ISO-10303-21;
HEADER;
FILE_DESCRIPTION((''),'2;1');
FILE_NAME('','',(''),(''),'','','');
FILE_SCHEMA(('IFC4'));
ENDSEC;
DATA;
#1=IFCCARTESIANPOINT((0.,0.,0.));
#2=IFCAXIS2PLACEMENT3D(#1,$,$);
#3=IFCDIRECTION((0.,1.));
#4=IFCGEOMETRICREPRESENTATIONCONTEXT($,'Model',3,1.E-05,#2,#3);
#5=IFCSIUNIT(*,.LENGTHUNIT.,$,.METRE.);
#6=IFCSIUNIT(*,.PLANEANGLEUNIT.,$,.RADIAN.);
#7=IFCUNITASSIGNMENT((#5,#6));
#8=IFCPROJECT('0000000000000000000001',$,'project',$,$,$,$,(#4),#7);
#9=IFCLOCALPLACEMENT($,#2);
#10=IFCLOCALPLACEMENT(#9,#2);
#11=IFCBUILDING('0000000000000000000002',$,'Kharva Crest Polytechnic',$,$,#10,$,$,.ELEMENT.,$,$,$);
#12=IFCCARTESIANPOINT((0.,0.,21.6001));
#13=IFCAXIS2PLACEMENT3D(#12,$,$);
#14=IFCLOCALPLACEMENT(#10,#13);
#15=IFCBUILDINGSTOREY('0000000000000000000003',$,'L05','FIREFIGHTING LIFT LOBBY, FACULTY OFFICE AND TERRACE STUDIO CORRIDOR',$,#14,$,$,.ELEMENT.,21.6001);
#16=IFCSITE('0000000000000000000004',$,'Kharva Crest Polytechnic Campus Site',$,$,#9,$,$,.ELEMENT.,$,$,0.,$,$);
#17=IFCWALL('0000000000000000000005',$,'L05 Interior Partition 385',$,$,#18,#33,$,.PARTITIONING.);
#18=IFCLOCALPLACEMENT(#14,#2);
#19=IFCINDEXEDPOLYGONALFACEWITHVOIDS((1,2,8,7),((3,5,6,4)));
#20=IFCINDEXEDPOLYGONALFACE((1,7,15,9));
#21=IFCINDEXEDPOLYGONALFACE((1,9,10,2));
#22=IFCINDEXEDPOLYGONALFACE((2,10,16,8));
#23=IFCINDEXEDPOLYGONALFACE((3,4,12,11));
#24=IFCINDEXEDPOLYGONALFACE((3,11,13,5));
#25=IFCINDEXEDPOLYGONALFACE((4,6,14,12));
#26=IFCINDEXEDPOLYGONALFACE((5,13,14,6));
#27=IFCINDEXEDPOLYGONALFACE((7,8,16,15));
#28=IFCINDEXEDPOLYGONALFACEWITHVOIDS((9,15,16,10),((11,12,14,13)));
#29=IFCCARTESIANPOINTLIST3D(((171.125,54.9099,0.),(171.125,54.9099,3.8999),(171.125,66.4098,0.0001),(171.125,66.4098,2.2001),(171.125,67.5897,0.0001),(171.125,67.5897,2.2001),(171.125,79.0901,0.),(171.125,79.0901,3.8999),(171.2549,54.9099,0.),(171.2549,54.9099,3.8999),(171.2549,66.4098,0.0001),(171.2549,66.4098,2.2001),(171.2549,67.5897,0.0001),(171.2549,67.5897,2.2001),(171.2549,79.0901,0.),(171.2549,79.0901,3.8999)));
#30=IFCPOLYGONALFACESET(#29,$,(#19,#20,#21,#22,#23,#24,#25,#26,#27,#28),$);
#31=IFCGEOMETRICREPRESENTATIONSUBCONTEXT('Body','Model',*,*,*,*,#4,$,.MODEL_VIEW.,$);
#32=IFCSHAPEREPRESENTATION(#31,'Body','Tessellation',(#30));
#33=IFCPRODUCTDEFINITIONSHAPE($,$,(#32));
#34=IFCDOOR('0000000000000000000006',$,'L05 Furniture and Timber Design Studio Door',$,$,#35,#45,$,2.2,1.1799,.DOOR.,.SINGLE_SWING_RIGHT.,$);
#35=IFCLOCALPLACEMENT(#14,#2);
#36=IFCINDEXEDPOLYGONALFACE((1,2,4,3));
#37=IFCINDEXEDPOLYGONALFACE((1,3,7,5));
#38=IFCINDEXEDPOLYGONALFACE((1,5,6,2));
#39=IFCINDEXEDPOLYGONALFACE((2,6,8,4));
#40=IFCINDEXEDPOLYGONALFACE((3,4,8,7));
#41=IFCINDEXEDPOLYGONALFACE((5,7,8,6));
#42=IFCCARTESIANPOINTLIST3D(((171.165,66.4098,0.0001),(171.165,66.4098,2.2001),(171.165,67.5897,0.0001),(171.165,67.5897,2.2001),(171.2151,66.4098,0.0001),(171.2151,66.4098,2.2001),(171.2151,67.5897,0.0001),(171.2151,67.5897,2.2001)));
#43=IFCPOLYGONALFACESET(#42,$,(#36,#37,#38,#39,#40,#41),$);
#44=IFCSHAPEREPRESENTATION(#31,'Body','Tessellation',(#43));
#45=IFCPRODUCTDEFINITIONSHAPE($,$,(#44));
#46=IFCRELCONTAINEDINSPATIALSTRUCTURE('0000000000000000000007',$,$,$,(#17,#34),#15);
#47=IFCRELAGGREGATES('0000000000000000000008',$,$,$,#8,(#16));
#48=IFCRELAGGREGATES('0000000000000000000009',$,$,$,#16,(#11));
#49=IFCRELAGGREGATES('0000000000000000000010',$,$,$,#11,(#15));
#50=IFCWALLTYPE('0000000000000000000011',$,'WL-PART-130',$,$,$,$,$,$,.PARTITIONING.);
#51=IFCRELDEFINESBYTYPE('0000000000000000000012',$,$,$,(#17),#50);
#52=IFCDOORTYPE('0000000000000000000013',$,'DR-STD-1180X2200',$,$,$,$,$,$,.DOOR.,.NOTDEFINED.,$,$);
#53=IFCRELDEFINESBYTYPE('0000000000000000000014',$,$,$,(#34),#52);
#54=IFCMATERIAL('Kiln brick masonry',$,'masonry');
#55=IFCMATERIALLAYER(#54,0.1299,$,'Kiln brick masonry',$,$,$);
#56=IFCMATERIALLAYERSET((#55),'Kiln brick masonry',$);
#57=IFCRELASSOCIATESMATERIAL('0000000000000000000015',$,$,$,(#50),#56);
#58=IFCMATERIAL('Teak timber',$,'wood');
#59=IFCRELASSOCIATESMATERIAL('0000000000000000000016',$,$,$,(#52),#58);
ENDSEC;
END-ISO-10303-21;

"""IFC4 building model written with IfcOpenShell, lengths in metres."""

from ifc_helpers import new_model, si_unit, direction, frame, frame_2d, origin, place, context, subcontext, project, spatial, rectangle, extrude, material, layer, layer_set, type_object, element, fill, save


model = new_model("IFC4")

# Units and contexts
model_context = context("Model", 3, precision=1e-05, world=origin(), true_north=direction((0.0, 1.0)))
body_context = subcontext(model_context, "Body", "Model", "MODEL_VIEW")
ifc_project = project(units=[si_unit("LENGTHUNIT", "METRE"), si_unit("PLANEANGLEUNIT", "RADIAN")], contexts=[model_context])

# Site, building, storey
site_placement = place(None, origin())
site = spatial("IfcSite", under=ifc_project, at=site_placement, Name="Kharva Crest Polytechnic Campus Site", CompositionType="ELEMENT", RefElevation=0.0)
building_placement = place(site_placement, origin())
building = spatial("IfcBuilding", under=site, at=building_placement, Name="Kharva Crest Polytechnic", CompositionType="ELEMENT")
storey_placement = place(building_placement, frame((0.0, 0.0, 21.6001)))
storey = spatial("IfcBuildingStorey", under=building, at=storey_placement, Name="L05", Description="FIREFIGHTING LIFT LOBBY, FACULTY OFFICE AND TERRACE STUDIO CORRIDOR", CompositionType="ELEMENT", Elevation=21.6001)

# Shared definitions
ifc_material_1 = material(Name="Kiln brick masonry", Category="masonry")

# Wall, opening, door
ifc_material_2 = material(Name="Teak timber", Category="wood")
ifc_layer_1 = layer(ifc_material_1, 0.1299, Name="Kiln brick masonry")
ifc_layer_set_1 = layer_set([ifc_layer_1], Name="Kiln brick masonry")
wall_type_1 = type_object("IfcWallType", Name="WL-PART-130", PredefinedType="PARTITIONING", material=ifc_layer_set_1)
wall_1_placement = place(storey_placement, frame((171.1899, 54.9099, 0.0), z_axis=(0.0, 0.0, 1.0), x_axis=(0.0, 1.0, 0.0)))
wall_1 = element("IfcWall", 1, at=wall_1_placement, inside=storey, type_object=wall_type_1, Name="L05 Interior Partition 385", PredefinedType="PARTITIONING", context=body_context, shape_type="SweptSolid", body=[
    extrude(rectangle(XDim=24.1802, YDim=0.1299, at=frame_2d((12.0901, 0.0))), origin(), (0.0, 0.0, 1.0), 3.8999),
])
opening_1_placement = place(wall_1_placement, frame((11.5, 0.0, 0.0)))
opening_1 = element("IfcOpeningElement", 2, at=opening_1_placement, cuts=wall_1, PredefinedType="OPENING", context=body_context, shape_type="SweptSolid", body=[
    extrude(rectangle(XDim=1.1799, YDim=2.2, at=frame_2d((0.5898, 1.1001))), frame((0.0, 0.075, 0.0), z_axis=(0.0, -1.0, 0.0), x_axis=(1.0, 0.0, 0.0)), (0.0, 0.0, 1.0), 0.1499),
])
door_type_1 = type_object("IfcDoorType", Name="DR-STD-1180X2200", OperationType="NOTDEFINED", PredefinedType="DOOR", material=ifc_material_2)
door_1_placement = place(opening_1_placement, origin())
door_1 = element("IfcDoor", 3, at=door_1_placement, inside=storey, type_object=door_type_1, Name="L05 Furniture and Timber Design Studio Door", OperationType="SINGLE_SWING_RIGHT", OverallHeight=2.2, OverallWidth=1.1799, PredefinedType="DOOR", context=body_context, shape_type="SweptSolid", body=[
    extrude(rectangle(XDim=1.1799, YDim=2.2, at=frame_2d((0.5898, 1.1001))), frame((0.0, 0.0249, 0.0), z_axis=(0.0, -1.0, 0.0), x_axis=(1.0, 0.0, 0.0)), (0.0, 0.0, 1.0), 0.05),
])
fill(opening_1, door_1)

save(model, "model.ifc")
